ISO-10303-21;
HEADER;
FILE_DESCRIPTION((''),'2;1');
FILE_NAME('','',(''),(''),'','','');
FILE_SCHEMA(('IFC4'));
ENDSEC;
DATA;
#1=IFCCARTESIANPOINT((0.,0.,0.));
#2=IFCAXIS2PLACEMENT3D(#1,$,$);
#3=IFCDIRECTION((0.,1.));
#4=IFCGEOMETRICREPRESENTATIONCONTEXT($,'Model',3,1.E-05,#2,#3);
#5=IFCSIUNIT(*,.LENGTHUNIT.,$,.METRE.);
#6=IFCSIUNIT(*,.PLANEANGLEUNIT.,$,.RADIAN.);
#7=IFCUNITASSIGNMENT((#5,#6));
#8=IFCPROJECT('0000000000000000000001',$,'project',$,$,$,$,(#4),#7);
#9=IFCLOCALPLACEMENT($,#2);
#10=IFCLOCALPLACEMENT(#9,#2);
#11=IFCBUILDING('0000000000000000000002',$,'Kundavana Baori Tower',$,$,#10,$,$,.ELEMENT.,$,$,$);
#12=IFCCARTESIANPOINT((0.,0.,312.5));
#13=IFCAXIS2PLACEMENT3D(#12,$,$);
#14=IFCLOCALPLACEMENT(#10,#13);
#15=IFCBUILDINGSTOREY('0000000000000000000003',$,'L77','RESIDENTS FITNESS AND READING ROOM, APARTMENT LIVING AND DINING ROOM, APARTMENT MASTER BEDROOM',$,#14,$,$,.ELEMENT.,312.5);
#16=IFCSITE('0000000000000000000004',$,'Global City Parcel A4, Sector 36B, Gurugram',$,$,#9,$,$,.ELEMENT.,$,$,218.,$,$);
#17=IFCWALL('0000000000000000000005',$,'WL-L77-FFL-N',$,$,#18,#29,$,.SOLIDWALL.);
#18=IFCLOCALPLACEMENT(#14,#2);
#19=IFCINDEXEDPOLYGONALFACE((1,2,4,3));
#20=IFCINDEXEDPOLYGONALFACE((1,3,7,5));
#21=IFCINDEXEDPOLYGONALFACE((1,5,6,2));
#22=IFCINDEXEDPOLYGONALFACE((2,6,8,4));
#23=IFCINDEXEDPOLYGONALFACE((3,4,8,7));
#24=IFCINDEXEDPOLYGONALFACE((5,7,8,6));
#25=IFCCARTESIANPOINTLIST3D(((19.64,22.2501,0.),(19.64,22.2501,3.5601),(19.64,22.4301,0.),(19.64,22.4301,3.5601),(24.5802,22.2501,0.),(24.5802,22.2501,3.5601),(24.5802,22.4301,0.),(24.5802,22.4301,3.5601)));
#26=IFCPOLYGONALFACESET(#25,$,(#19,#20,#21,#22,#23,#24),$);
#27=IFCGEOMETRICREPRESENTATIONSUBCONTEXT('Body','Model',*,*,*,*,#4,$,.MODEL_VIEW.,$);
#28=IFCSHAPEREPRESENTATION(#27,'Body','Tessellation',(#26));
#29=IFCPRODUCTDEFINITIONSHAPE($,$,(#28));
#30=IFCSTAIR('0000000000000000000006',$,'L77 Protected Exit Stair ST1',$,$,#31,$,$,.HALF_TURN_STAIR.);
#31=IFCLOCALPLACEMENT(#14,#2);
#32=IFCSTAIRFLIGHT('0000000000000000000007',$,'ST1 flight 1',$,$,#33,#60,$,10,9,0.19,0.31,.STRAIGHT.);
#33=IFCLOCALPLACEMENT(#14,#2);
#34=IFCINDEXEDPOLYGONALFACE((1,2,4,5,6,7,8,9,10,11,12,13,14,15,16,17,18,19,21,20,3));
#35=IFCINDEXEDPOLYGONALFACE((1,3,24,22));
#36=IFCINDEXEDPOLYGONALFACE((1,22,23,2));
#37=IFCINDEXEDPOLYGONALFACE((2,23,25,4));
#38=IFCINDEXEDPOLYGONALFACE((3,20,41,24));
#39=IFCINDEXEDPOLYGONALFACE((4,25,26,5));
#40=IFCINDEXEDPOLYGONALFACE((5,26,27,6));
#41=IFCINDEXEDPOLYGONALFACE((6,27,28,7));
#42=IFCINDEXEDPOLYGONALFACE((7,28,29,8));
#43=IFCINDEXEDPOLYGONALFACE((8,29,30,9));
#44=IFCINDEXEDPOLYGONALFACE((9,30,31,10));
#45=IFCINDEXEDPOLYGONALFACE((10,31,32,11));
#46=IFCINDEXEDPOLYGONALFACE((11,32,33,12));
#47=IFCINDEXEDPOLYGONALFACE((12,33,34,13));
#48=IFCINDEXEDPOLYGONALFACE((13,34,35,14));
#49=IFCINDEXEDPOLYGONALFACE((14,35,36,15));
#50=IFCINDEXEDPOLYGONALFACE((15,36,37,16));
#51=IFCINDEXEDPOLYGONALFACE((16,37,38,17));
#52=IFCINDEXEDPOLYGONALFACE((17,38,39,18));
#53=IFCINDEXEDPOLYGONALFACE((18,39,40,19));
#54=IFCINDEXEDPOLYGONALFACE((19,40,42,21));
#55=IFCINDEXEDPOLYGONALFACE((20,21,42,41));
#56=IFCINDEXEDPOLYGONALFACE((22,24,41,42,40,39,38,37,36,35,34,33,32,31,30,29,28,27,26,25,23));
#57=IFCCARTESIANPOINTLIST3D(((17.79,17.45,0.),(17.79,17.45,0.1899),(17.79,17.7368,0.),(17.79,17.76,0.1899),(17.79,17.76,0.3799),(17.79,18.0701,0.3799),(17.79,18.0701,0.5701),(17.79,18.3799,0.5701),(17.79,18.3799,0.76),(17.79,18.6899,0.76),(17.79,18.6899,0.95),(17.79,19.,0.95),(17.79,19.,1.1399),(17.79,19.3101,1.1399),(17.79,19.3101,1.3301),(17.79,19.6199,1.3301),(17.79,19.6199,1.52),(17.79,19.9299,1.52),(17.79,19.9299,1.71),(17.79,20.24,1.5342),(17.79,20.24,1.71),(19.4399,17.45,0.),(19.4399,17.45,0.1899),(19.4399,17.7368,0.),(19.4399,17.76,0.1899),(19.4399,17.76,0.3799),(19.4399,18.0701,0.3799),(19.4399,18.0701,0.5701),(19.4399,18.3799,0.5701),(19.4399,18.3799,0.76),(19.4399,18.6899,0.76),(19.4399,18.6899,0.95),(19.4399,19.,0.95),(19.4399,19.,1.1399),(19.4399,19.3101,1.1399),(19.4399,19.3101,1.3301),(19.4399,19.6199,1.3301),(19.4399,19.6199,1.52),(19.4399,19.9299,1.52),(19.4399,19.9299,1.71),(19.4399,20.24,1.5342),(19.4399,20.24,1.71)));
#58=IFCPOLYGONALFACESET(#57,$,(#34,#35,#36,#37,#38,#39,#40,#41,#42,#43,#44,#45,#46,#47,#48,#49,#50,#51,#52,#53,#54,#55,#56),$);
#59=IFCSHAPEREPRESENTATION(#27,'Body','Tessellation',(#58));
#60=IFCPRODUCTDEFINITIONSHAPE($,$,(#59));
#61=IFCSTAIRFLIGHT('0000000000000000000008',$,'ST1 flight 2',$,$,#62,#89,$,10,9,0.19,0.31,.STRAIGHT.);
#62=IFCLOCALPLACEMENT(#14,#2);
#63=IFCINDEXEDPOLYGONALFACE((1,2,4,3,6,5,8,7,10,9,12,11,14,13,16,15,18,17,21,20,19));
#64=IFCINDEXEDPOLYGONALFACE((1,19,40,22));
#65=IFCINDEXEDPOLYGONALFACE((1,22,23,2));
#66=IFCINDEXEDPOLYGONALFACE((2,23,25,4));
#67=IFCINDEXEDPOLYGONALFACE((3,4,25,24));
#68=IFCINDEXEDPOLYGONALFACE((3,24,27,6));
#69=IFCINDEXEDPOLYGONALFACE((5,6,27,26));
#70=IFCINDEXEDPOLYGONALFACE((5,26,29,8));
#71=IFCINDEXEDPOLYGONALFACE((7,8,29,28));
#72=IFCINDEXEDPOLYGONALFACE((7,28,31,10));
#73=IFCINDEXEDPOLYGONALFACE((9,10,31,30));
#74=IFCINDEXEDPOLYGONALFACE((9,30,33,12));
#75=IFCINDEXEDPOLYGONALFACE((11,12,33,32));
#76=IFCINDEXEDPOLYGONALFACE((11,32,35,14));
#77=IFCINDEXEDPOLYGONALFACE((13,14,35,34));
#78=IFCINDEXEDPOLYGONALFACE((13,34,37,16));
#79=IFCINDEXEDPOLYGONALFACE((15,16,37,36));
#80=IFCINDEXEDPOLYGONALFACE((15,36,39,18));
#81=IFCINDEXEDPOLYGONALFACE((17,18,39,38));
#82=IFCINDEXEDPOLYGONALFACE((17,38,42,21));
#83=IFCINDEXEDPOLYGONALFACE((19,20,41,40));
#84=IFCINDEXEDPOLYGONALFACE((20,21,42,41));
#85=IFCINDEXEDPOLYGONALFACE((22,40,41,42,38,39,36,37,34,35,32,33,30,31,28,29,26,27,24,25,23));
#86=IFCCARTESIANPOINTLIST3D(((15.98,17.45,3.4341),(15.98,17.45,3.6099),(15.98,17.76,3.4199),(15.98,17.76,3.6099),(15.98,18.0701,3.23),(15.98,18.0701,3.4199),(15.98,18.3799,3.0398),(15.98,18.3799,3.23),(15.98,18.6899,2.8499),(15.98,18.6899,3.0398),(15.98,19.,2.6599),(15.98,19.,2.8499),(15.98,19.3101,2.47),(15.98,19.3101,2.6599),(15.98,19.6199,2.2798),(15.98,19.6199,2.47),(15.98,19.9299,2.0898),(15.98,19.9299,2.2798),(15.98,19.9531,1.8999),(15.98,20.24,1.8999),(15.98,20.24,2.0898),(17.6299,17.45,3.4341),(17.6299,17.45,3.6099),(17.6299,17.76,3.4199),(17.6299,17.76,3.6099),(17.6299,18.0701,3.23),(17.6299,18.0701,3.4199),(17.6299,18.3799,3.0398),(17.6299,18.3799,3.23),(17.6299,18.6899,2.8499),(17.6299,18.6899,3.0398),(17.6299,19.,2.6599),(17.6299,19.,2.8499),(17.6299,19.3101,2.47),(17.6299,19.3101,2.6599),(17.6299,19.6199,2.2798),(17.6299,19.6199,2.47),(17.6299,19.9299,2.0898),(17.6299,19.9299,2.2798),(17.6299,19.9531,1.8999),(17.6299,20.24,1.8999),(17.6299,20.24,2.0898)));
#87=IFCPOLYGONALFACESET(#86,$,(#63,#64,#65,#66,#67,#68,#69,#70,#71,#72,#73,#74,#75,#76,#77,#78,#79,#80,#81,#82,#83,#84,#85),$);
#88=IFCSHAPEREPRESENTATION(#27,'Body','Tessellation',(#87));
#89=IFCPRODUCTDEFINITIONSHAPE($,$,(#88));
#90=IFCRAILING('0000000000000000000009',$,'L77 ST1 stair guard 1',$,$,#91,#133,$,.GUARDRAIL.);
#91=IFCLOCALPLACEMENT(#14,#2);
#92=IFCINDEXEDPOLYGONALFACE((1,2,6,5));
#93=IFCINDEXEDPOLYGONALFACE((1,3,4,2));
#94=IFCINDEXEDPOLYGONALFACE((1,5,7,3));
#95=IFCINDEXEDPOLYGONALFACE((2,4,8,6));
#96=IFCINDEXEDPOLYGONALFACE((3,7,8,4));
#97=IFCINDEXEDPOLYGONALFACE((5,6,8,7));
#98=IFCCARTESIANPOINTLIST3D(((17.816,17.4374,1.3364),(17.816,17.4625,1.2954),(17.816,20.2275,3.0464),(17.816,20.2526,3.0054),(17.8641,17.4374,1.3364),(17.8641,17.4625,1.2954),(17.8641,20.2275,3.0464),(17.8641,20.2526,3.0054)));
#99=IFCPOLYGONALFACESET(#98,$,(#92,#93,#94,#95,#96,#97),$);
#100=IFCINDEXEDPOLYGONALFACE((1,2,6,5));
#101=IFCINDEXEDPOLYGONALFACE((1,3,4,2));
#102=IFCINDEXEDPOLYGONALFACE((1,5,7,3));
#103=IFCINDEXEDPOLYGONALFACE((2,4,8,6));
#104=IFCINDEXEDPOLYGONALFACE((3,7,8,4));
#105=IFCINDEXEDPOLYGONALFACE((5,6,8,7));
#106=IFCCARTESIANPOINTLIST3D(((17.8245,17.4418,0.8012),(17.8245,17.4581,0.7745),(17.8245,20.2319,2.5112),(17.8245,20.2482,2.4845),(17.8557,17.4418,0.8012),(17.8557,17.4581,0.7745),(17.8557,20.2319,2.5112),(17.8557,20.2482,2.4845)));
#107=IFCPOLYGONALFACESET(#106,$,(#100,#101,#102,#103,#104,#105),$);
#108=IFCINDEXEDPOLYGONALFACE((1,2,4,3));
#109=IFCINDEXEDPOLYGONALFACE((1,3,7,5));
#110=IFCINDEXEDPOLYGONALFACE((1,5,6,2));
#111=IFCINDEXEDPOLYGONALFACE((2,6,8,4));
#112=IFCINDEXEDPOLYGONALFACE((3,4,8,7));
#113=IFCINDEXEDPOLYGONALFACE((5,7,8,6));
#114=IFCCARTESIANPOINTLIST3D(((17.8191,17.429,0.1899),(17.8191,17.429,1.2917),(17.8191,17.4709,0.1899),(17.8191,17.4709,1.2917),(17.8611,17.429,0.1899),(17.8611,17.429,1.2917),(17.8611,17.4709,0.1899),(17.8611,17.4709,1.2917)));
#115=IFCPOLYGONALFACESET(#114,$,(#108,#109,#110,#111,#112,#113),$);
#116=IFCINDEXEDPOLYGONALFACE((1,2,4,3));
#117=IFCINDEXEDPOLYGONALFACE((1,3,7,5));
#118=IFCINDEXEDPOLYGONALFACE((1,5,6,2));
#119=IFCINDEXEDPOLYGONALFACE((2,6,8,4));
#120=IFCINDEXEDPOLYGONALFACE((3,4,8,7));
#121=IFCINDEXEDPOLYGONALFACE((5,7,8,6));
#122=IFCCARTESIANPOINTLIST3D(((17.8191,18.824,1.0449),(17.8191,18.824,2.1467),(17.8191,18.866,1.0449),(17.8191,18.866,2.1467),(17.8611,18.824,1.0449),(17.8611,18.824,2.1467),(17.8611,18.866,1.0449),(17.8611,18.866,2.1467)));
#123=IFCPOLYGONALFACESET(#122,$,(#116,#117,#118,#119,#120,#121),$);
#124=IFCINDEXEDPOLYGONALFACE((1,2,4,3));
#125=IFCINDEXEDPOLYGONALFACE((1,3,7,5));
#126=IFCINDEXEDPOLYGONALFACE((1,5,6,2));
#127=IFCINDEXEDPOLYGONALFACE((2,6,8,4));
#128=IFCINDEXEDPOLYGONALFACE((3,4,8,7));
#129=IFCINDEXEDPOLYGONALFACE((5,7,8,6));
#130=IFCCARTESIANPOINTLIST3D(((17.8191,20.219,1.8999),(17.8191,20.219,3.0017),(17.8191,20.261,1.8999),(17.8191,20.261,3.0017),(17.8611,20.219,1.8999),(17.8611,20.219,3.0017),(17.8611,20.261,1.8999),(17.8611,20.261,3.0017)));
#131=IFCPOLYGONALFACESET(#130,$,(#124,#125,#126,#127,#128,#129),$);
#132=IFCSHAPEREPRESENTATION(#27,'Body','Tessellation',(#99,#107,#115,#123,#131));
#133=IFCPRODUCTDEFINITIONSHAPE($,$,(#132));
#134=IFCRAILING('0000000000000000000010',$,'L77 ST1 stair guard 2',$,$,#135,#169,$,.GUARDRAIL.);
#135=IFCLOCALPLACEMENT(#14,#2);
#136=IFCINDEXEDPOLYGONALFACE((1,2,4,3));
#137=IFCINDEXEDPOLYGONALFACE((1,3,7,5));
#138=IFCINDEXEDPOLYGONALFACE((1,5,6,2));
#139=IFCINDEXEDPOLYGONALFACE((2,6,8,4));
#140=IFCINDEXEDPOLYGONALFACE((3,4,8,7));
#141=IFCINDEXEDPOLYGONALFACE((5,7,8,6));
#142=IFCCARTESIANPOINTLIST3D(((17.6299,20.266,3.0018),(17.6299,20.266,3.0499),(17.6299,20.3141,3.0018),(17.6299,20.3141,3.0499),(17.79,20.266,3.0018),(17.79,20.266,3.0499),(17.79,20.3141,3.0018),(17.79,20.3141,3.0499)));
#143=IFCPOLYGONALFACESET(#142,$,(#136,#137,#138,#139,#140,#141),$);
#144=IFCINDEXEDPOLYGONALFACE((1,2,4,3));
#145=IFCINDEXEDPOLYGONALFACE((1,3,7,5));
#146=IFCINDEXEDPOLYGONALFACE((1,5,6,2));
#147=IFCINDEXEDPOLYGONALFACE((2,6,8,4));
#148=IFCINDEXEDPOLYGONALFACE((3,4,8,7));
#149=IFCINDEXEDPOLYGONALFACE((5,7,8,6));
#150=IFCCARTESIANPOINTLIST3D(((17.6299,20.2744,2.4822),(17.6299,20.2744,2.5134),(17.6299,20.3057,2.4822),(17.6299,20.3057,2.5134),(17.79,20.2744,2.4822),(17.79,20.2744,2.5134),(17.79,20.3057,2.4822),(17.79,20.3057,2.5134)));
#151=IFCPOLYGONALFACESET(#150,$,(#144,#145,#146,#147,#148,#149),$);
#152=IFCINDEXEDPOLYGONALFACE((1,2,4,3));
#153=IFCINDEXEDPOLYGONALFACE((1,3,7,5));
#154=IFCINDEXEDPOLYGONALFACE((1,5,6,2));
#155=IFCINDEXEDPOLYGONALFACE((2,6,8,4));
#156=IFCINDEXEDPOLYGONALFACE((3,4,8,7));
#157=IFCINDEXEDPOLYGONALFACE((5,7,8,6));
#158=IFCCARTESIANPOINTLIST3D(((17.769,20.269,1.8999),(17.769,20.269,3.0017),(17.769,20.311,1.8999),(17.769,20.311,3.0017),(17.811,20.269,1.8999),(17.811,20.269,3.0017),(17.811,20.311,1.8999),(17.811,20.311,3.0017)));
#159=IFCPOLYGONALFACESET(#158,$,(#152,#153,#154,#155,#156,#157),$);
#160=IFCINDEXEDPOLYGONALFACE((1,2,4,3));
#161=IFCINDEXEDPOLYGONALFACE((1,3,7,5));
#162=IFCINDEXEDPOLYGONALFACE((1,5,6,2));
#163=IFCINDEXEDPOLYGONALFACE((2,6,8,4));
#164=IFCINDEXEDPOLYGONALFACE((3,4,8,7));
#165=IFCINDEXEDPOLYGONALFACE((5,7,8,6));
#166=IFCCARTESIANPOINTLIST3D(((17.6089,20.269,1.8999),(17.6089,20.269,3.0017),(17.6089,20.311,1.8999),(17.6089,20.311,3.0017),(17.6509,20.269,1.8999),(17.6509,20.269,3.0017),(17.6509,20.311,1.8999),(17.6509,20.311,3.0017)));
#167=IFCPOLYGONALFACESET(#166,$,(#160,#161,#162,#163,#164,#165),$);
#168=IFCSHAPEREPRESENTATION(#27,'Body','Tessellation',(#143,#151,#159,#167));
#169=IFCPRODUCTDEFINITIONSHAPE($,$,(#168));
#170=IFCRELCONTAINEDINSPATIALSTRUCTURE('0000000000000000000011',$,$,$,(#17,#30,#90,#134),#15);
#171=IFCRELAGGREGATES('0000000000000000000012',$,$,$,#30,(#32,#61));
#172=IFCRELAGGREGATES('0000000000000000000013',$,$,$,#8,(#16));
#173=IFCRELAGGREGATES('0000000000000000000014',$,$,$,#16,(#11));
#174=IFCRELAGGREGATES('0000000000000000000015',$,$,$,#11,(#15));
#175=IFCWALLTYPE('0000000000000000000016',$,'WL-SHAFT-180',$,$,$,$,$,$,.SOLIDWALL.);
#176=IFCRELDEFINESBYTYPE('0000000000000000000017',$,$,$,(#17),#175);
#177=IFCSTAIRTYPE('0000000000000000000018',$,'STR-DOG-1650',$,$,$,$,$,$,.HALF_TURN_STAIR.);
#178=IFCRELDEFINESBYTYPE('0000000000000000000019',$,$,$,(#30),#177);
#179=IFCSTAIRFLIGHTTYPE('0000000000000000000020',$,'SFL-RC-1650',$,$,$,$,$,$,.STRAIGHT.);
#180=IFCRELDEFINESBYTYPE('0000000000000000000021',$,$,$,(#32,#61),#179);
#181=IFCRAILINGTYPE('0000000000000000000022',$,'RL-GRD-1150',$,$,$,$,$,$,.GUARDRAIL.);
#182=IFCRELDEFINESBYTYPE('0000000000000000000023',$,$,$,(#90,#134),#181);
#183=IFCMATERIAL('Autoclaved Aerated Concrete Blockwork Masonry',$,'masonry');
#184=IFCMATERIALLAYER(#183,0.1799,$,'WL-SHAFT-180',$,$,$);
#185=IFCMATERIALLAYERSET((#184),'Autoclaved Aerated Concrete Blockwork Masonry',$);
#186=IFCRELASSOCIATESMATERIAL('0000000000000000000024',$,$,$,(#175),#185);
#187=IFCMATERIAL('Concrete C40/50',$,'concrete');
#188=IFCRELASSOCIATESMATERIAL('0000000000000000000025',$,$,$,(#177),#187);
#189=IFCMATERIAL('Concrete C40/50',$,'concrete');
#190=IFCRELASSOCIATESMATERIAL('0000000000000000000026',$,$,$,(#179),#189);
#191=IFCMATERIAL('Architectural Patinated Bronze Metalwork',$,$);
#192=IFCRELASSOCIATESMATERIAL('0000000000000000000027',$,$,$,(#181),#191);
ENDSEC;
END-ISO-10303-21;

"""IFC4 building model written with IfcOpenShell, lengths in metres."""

from ifc_helpers import new_model, si_unit, direction, frame, frame_2d, origin, origin_2d, place, context, subcontext, project, spatial, polyline, rectangle, outline, extrude, material, layer, layer_set, type_object, element, aggregate, save


model = new_model("IFC4")

# Units and contexts
model_context = context("Model", 3, precision=1e-05, world=origin(), true_north=direction((0.0, 1.0)))
body_context = subcontext(model_context, "Body", "Model", "MODEL_VIEW")
ifc_project = project(units=[si_unit("LENGTHUNIT", "METRE"), si_unit("PLANEANGLEUNIT", "RADIAN")], contexts=[model_context])

# Site, building, storey
site_placement = place(None, origin())
site = spatial("IfcSite", under=ifc_project, at=site_placement, Name="Global City Parcel A4, Sector 36B, Gurugram", CompositionType="ELEMENT", RefElevation=218.0)
building_placement = place(site_placement, origin())
building = spatial("IfcBuilding", under=site, at=building_placement, Name="Kundavana Baori Tower", CompositionType="ELEMENT")
storey_placement = place(building_placement, frame((0.0, 0.0, 312.5)))
storey = spatial("IfcBuildingStorey", under=building, at=storey_placement, Name="L77", Description="RESIDENTS FITNESS AND READING ROOM, APARTMENT LIVING AND DINING ROOM, APARTMENT MASTER BEDROOM", CompositionType="ELEMENT", Elevation=312.5)

# Shared definitions
ifc_material_1 = material(Name="Autoclaved Aerated Concrete Blockwork Masonry", Category="masonry")
ifc_layer_1 = layer(ifc_material_1, 0.1799, Name="WL-SHAFT-180")
ifc_layer_set_1 = layer_set([ifc_layer_1], Name="Autoclaved Aerated Concrete Blockwork Masonry")
wall_type_1 = type_object("IfcWallType", Name="WL-SHAFT-180", PredefinedType="SOLIDWALL", material=ifc_layer_set_1)

# Wall
wall_1_placement = place(storey_placement, frame((19.6399, 22.3401, 0.0), z_axis=(0.0, 0.0, 1.0), x_axis=(1.0, 0.0, 0.0)))
element("IfcWall", 1, at=wall_1_placement, inside=storey, type_object=wall_type_1, Name="WL-L77-FFL-N", PredefinedType="SOLIDWALL", context=body_context, shape_type="SweptSolid", body=[
    extrude(rectangle(XDim=4.9402, YDim=0.1799, at=frame_2d((2.4702, 0.0))), origin(), (0.0, 0.0, 1.0), 3.5601),
])

# Stair, stair flights
ifc_material_2 = material(Name="Concrete C40/50", Category="concrete")
stair_type = type_object("IfcStairType", Name="STR-DOG-1650", PredefinedType="HALF_TURN_STAIR", material=ifc_material_2)
stair_placement = place(storey_placement, origin())
stair = element("IfcStair", 2, at=stair_placement, inside=storey, type_object=stair_type, Name="L77 Protected Exit Stair ST1", PredefinedType="HALF_TURN_STAIR")
ifc_material_3 = material(Name="Concrete C40/50", Category="concrete")
stair_flight_type = type_object("IfcStairFlightType", Name="SFL-RC-1650", PredefinedType="STRAIGHT", material=ifc_material_3)
stair_flight_1_placement = place(storey_placement, frame((18.615, 17.45, 0.0), z_axis=(0.0, 0.0, 1.0), x_axis=(0.0, 1.0, 0.0)))
stair_flight_1 = element("IfcStairFlight", 3, at=stair_flight_1_placement, type_object=stair_flight_type, Name="ST1 flight 1", NumberOfRisers=10, NumberOfTreads=9, PredefinedType="STRAIGHT", RiserHeight=0.19, TreadLength=0.31, context=body_context, shape_type="SweptSolid", body=[
    extrude(outline(polyline([(0.0, 0.0), (0.0, 0.1899), (0.3101, 0.1899), (0.3101, 0.3799), (0.6201, 0.3799), (0.6201, 0.5701), (0.9299, 0.5701), (0.9299, 0.76), (1.24, 0.76), (1.24, 0.95), (1.55, 0.95), (1.55, 1.1399), (1.8601, 1.1399), (1.8601, 1.3301), (2.1699, 1.3301), (2.1699, 1.52), (2.48, 1.52), (2.48, 1.71), (2.79, 1.71), (2.79, 1.8999), (2.79, 1.5342), (0.2869, 0.0), (0.0, 0.0)])), frame((0.0, 0.825, 0.0), z_axis=(0.0, -1.0, 0.0), x_axis=(1.0, 0.0, 0.0)), (0.0, 0.0, 1.0), 1.6499),
])
stair_flight_2_placement = place(storey_placement, frame((16.8049, 20.24, 1.8999), z_axis=(0.0, 0.0, 1.0), x_axis=(0.0, -1.0, 0.0)))
stair_flight_2 = element("IfcStairFlight", 4, at=stair_flight_2_placement, type_object=stair_flight_type, Name="ST1 flight 2", NumberOfRisers=10, NumberOfTreads=9, PredefinedType="STRAIGHT", RiserHeight=0.19, TreadLength=0.31, context=body_context, shape_type="SweptSolid", body=[
    extrude(outline(polyline([(0.0, 0.0), (0.0, 0.1899), (0.3101, 0.1899), (0.3101, 0.3799), (0.6201, 0.3799), (0.6201, 0.5701), (0.9299, 0.5701), (0.9299, 0.76), (1.24, 0.76), (1.24, 0.95), (1.55, 0.95), (1.55, 1.1399), (1.8601, 1.1399), (1.8601, 1.3301), (2.1699, 1.3301), (2.1699, 1.52), (2.48, 1.52), (2.48, 1.71), (2.79, 1.71), (2.79, 1.8999), (2.79, 1.5342), (0.2869, 0.0), (0.0, 0.0)])), frame((0.0, 0.825, 0.0), z_axis=(0.0, -1.0, 0.0), x_axis=(1.0, 0.0, 0.0)), (0.0, 0.0, 1.0), 1.6499),
])
aggregate(stair, [stair_flight_1, stair_flight_2])

# Railings
ifc_material_4 = material(Name="Architectural Patinated Bronze Metalwork")
railing_type_1 = type_object("IfcRailingType", Name="RL-GRD-1150", PredefinedType="GUARDRAIL", material=ifc_material_4)
railing_1_placement = place(storey_placement, frame((17.8401, 17.45, 0.1899)))
element("IfcRailing", 5, at=railing_1_placement, inside=storey, type_object=railing_type_1, Name="L77 ST1 stair guard 1", PredefinedType="GUARDRAIL", context=body_context, shape_type="SweptSolid", body=[
    extrude(rectangle(XDim=0.0481, YDim=0.0481, at=origin_2d()), frame((0.0, 0.0, 1.126), z_axis=(0.0, 0.85261, 0.522548), x_axis=(-1.0, 0.0, 0.0)), (0.0, 0.0, 1.0), 3.2725),
    extrude(rectangle(XDim=0.0312, YDim=0.0312, at=origin_2d()), frame((0.0, 0.0, 0.5979), z_axis=(0.0, 0.85261, 0.522548), x_axis=(-1.0, 0.0, 0.0)), (0.0, 0.0, 1.0), 3.2725),
    extrude(rectangle(XDim=0.042, YDim=0.042, at=origin_2d()), origin(), (0.0, 0.0, 1.0), 1.1018),
    extrude(rectangle(XDim=0.042, YDim=0.042, at=origin_2d()), frame((0.0, 1.395, 0.855)), (0.0, 0.0, 1.0), 1.1018),
    extrude(rectangle(XDim=0.042, YDim=0.042, at=origin_2d()), frame((0.0, 2.79, 1.71)), (0.0, 0.0, 1.0), 1.1018),
])
railing_2_placement = place(storey_placement, frame((17.79, 20.29, 1.8999)))
element("IfcRailing", 6, at=railing_2_placement, inside=storey, type_object=railing_type_1, Name="L77 ST1 stair guard 2", PredefinedType="GUARDRAIL", context=body_context, shape_type="SweptSolid", body=[
    extrude(rectangle(XDim=0.0481, YDim=0.0481, at=origin_2d()), frame((0.0, 0.0, 1.126), z_axis=(-1.0, 0.0, 0.0), x_axis=(0.0, -1.0, 0.0)), (0.0, 0.0, 1.0), 0.1602),
    extrude(rectangle(XDim=0.0312, YDim=0.0312, at=origin_2d()), frame((0.0, 0.0, 0.5979), z_axis=(-1.0, 0.0, 0.0), x_axis=(0.0, -1.0, 0.0)), (0.0, 0.0, 1.0), 0.1602),
    extrude(rectangle(XDim=0.042, YDim=0.042, at=origin_2d()), origin(), (0.0, 0.0, 1.0), 1.1018),
    extrude(rectangle(XDim=0.042, YDim=0.042, at=origin_2d()), frame((-0.1602, 0.0, 0.0)), (0.0, 0.0, 1.0), 1.1018),
])

save(model, "model.ifc")
